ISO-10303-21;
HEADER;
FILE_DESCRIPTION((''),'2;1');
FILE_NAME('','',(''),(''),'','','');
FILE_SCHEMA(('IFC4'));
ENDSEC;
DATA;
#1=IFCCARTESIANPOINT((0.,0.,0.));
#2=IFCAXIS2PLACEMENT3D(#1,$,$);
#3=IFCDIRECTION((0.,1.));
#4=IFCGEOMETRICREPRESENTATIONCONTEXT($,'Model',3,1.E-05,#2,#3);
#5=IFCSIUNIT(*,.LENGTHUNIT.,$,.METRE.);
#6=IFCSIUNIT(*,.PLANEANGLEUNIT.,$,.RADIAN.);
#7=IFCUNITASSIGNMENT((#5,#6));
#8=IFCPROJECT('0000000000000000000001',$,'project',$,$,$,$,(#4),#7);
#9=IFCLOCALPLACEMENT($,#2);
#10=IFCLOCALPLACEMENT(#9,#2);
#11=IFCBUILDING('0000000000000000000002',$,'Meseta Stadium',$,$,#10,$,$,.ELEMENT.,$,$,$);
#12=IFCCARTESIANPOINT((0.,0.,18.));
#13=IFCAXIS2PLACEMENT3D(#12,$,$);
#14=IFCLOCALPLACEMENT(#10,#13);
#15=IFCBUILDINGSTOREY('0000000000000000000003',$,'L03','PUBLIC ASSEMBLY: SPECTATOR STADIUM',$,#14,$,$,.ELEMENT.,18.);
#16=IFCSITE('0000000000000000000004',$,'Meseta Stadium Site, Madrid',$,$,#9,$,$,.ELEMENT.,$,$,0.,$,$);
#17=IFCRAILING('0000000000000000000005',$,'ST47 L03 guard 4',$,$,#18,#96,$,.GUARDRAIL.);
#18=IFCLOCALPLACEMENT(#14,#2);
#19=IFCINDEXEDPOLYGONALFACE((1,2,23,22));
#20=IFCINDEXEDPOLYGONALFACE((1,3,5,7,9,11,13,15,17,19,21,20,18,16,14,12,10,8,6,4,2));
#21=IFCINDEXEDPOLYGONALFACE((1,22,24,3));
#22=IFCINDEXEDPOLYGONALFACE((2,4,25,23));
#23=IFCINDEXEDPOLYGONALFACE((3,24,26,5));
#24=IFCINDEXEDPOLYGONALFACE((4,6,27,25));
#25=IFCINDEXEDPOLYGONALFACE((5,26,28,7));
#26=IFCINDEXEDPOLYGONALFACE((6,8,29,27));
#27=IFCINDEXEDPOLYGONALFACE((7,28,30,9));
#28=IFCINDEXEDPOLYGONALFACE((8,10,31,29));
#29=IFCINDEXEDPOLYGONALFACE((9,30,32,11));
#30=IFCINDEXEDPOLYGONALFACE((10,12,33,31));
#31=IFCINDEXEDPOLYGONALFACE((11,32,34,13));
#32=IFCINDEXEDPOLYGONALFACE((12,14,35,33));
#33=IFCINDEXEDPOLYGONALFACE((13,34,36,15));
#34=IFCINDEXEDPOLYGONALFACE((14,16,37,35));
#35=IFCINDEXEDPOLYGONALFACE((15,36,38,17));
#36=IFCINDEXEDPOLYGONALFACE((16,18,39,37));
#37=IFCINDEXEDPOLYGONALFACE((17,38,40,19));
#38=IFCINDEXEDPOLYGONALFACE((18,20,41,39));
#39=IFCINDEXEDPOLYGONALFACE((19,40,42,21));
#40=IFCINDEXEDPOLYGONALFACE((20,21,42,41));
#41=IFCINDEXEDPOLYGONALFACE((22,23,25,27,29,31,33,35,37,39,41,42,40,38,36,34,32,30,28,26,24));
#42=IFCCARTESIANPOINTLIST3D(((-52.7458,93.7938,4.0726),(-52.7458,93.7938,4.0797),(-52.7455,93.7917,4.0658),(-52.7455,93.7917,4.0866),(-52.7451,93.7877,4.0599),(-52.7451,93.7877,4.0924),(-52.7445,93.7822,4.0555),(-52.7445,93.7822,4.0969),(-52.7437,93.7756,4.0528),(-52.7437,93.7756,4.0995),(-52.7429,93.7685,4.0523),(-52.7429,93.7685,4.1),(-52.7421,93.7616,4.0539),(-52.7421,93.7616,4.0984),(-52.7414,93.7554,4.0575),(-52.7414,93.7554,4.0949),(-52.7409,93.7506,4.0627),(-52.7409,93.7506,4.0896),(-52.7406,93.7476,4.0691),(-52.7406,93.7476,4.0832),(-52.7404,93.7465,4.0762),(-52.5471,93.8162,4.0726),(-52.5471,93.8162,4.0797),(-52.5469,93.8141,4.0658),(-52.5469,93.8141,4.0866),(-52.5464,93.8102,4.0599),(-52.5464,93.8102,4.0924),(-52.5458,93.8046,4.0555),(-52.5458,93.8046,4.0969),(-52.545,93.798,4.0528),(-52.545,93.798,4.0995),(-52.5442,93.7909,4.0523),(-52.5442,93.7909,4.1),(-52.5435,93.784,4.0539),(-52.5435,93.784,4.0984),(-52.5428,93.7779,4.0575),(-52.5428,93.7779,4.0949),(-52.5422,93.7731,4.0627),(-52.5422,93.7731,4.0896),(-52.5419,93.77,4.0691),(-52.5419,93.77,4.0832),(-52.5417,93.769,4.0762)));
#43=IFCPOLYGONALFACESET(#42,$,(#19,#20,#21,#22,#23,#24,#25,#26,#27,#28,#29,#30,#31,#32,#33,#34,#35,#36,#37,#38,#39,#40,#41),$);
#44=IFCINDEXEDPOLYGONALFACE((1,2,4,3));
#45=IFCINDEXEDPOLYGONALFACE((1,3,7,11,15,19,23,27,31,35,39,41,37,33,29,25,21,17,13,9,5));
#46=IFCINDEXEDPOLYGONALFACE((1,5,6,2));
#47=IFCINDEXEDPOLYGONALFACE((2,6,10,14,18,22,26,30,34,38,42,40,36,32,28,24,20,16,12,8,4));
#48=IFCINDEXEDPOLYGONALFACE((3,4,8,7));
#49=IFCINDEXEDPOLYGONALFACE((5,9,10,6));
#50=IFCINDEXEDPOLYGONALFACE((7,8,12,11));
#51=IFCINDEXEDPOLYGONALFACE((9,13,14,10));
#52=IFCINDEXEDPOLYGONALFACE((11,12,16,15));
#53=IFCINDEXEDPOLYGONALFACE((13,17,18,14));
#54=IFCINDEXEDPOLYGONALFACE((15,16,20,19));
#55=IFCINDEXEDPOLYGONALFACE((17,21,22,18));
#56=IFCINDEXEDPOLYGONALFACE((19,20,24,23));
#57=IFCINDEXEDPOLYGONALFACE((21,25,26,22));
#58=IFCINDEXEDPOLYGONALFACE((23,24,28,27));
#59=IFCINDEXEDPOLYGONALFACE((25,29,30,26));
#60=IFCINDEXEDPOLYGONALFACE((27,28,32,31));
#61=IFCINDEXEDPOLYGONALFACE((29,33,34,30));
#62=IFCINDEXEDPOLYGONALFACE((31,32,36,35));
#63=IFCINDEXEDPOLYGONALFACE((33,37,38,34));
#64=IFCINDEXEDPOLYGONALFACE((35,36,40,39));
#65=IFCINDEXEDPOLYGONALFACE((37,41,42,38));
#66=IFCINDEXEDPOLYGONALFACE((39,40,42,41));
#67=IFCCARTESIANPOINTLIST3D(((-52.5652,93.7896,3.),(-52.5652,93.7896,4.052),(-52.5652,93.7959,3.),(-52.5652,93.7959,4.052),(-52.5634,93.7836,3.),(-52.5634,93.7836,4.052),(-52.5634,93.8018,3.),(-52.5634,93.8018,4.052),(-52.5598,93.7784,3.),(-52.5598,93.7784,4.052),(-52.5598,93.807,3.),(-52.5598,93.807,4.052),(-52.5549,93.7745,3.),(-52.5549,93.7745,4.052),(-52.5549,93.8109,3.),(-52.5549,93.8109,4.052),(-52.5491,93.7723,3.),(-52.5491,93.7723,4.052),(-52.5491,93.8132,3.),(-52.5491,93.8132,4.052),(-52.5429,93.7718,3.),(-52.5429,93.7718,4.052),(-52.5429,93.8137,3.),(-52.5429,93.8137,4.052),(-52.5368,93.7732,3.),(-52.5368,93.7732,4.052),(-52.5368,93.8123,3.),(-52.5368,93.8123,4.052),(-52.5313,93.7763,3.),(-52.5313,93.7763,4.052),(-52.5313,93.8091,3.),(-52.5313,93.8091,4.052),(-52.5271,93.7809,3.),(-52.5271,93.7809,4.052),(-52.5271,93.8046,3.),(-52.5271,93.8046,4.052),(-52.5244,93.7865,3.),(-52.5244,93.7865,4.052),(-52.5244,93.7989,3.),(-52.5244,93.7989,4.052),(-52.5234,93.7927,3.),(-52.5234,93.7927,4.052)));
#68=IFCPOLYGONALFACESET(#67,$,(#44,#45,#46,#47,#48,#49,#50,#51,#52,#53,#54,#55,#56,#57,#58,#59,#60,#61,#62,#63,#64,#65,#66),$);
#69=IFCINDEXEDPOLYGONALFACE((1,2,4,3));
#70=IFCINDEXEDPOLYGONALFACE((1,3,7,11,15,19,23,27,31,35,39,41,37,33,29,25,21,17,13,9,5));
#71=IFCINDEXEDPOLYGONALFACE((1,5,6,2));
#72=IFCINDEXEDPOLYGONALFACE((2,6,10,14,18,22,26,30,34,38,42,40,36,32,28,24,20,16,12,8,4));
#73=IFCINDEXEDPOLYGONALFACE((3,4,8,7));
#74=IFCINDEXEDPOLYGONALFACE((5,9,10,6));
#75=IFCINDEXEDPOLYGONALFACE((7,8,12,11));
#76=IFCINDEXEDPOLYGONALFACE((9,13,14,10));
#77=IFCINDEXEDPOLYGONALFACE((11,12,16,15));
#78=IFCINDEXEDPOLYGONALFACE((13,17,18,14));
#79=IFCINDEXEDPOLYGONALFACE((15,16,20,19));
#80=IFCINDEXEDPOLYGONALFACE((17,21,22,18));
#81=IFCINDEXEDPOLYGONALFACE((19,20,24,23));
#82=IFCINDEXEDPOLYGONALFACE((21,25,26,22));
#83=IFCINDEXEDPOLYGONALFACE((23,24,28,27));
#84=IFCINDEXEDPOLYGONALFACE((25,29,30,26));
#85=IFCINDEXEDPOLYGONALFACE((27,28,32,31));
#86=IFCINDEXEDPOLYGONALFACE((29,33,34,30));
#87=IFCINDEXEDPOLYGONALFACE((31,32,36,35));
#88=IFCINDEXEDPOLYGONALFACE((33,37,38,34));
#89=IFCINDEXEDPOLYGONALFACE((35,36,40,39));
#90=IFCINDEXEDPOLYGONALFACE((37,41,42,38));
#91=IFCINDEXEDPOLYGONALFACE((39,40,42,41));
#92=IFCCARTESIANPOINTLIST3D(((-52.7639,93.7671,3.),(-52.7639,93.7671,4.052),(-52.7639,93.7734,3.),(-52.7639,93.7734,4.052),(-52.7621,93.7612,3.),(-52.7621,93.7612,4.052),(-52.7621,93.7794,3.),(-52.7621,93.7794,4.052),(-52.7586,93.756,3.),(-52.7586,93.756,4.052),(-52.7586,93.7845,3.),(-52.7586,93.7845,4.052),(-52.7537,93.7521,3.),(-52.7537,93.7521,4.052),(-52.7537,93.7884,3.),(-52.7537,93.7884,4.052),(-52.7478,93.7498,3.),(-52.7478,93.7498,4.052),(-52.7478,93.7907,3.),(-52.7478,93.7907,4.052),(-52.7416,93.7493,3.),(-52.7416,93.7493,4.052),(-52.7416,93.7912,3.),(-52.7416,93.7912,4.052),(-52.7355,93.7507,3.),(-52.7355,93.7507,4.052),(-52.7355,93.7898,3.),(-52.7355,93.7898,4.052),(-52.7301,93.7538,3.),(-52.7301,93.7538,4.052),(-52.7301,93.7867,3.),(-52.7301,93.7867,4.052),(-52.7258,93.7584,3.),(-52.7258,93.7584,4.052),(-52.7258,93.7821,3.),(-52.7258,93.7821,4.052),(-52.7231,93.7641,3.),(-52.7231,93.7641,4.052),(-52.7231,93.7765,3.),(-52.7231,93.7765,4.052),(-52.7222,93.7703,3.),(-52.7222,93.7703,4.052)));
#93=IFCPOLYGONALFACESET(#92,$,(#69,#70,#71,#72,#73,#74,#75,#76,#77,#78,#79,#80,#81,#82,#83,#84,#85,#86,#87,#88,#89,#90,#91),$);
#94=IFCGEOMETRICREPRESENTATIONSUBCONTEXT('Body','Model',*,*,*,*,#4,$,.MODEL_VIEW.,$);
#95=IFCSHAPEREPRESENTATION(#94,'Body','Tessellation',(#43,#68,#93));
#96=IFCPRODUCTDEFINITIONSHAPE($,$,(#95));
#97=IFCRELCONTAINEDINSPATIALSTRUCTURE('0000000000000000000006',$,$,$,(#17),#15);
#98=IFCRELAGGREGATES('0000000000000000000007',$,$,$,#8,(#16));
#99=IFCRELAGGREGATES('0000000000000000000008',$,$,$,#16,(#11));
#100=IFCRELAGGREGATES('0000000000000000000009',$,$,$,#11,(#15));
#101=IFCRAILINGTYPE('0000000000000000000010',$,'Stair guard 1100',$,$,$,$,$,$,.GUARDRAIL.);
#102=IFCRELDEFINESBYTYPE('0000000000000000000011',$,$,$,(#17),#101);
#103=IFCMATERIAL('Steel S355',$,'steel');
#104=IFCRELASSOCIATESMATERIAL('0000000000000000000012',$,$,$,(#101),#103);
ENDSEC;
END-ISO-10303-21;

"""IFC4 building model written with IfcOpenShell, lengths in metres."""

from ifc_helpers import new_model, si_unit, direction, frame, origin, origin_2d, place, context, subcontext, project, spatial, circle, extrude, material, type_object, element, save


model = new_model("IFC4")

# Units and contexts
model_context = context("Model", 3, precision=1e-05, world=origin(), true_north=direction((0.0, 1.0)))
body_context = subcontext(model_context, "Body", "Model", "MODEL_VIEW")
ifc_project = project(units=[si_unit("LENGTHUNIT", "METRE"), si_unit("PLANEANGLEUNIT", "RADIAN")], contexts=[model_context])

# Site, building, storey
site_placement = place(None, origin())
site = spatial("IfcSite", under=ifc_project, at=site_placement, Name="Meseta Stadium Site, Madrid", CompositionType="ELEMENT", RefElevation=0.0)
building_placement = place(site_placement, origin())
building = spatial("IfcBuilding", under=site, at=building_placement, Name="Meseta Stadium", CompositionType="ELEMENT")
storey_placement = place(building_placement, frame((0.0, 0.0, 18.0)))
storey = spatial("IfcBuildingStorey", under=building, at=storey_placement, Name="L03", Description="PUBLIC ASSEMBLY: SPECTATOR STADIUM", CompositionType="ELEMENT", Elevation=18.0)

# Railing
ifc_material_1 = material(Name="Steel S355", Category="steel")
railing_type_1 = type_object("IfcRailingType", Name="Stair guard 1100", PredefinedType="GUARDRAIL", material=ifc_material_1)
railing_1_placement = place(storey_placement, frame((-52.5444, 93.7927, 3.0)))
element("IfcRailing", 1, at=railing_1_placement, inside=storey, type_object=railing_type_1, Name="ST47 L03 guard 4", PredefinedType="GUARDRAIL", context=body_context, shape_type="SweptSolid", body=[
    extrude(circle(Radius=0.0239, at=origin_2d()), frame((0.0, 0.0, 1.0762), z_axis=(-0.993674, -0.112307, 0.0), x_axis=(0.112307, -0.993674, 0.0)), (0.0, 0.0, 1.0), 0.2),
    extrude(circle(Radius=0.021, at=origin_2d()), origin(), (0.0, 0.0, 1.0), 1.052),
    extrude(circle(Radius=0.021, at=origin_2d()), frame((-0.1987, -0.0225, 0.0)), (0.0, 0.0, 1.0), 1.052),
])

save(model, "model.ifc")
